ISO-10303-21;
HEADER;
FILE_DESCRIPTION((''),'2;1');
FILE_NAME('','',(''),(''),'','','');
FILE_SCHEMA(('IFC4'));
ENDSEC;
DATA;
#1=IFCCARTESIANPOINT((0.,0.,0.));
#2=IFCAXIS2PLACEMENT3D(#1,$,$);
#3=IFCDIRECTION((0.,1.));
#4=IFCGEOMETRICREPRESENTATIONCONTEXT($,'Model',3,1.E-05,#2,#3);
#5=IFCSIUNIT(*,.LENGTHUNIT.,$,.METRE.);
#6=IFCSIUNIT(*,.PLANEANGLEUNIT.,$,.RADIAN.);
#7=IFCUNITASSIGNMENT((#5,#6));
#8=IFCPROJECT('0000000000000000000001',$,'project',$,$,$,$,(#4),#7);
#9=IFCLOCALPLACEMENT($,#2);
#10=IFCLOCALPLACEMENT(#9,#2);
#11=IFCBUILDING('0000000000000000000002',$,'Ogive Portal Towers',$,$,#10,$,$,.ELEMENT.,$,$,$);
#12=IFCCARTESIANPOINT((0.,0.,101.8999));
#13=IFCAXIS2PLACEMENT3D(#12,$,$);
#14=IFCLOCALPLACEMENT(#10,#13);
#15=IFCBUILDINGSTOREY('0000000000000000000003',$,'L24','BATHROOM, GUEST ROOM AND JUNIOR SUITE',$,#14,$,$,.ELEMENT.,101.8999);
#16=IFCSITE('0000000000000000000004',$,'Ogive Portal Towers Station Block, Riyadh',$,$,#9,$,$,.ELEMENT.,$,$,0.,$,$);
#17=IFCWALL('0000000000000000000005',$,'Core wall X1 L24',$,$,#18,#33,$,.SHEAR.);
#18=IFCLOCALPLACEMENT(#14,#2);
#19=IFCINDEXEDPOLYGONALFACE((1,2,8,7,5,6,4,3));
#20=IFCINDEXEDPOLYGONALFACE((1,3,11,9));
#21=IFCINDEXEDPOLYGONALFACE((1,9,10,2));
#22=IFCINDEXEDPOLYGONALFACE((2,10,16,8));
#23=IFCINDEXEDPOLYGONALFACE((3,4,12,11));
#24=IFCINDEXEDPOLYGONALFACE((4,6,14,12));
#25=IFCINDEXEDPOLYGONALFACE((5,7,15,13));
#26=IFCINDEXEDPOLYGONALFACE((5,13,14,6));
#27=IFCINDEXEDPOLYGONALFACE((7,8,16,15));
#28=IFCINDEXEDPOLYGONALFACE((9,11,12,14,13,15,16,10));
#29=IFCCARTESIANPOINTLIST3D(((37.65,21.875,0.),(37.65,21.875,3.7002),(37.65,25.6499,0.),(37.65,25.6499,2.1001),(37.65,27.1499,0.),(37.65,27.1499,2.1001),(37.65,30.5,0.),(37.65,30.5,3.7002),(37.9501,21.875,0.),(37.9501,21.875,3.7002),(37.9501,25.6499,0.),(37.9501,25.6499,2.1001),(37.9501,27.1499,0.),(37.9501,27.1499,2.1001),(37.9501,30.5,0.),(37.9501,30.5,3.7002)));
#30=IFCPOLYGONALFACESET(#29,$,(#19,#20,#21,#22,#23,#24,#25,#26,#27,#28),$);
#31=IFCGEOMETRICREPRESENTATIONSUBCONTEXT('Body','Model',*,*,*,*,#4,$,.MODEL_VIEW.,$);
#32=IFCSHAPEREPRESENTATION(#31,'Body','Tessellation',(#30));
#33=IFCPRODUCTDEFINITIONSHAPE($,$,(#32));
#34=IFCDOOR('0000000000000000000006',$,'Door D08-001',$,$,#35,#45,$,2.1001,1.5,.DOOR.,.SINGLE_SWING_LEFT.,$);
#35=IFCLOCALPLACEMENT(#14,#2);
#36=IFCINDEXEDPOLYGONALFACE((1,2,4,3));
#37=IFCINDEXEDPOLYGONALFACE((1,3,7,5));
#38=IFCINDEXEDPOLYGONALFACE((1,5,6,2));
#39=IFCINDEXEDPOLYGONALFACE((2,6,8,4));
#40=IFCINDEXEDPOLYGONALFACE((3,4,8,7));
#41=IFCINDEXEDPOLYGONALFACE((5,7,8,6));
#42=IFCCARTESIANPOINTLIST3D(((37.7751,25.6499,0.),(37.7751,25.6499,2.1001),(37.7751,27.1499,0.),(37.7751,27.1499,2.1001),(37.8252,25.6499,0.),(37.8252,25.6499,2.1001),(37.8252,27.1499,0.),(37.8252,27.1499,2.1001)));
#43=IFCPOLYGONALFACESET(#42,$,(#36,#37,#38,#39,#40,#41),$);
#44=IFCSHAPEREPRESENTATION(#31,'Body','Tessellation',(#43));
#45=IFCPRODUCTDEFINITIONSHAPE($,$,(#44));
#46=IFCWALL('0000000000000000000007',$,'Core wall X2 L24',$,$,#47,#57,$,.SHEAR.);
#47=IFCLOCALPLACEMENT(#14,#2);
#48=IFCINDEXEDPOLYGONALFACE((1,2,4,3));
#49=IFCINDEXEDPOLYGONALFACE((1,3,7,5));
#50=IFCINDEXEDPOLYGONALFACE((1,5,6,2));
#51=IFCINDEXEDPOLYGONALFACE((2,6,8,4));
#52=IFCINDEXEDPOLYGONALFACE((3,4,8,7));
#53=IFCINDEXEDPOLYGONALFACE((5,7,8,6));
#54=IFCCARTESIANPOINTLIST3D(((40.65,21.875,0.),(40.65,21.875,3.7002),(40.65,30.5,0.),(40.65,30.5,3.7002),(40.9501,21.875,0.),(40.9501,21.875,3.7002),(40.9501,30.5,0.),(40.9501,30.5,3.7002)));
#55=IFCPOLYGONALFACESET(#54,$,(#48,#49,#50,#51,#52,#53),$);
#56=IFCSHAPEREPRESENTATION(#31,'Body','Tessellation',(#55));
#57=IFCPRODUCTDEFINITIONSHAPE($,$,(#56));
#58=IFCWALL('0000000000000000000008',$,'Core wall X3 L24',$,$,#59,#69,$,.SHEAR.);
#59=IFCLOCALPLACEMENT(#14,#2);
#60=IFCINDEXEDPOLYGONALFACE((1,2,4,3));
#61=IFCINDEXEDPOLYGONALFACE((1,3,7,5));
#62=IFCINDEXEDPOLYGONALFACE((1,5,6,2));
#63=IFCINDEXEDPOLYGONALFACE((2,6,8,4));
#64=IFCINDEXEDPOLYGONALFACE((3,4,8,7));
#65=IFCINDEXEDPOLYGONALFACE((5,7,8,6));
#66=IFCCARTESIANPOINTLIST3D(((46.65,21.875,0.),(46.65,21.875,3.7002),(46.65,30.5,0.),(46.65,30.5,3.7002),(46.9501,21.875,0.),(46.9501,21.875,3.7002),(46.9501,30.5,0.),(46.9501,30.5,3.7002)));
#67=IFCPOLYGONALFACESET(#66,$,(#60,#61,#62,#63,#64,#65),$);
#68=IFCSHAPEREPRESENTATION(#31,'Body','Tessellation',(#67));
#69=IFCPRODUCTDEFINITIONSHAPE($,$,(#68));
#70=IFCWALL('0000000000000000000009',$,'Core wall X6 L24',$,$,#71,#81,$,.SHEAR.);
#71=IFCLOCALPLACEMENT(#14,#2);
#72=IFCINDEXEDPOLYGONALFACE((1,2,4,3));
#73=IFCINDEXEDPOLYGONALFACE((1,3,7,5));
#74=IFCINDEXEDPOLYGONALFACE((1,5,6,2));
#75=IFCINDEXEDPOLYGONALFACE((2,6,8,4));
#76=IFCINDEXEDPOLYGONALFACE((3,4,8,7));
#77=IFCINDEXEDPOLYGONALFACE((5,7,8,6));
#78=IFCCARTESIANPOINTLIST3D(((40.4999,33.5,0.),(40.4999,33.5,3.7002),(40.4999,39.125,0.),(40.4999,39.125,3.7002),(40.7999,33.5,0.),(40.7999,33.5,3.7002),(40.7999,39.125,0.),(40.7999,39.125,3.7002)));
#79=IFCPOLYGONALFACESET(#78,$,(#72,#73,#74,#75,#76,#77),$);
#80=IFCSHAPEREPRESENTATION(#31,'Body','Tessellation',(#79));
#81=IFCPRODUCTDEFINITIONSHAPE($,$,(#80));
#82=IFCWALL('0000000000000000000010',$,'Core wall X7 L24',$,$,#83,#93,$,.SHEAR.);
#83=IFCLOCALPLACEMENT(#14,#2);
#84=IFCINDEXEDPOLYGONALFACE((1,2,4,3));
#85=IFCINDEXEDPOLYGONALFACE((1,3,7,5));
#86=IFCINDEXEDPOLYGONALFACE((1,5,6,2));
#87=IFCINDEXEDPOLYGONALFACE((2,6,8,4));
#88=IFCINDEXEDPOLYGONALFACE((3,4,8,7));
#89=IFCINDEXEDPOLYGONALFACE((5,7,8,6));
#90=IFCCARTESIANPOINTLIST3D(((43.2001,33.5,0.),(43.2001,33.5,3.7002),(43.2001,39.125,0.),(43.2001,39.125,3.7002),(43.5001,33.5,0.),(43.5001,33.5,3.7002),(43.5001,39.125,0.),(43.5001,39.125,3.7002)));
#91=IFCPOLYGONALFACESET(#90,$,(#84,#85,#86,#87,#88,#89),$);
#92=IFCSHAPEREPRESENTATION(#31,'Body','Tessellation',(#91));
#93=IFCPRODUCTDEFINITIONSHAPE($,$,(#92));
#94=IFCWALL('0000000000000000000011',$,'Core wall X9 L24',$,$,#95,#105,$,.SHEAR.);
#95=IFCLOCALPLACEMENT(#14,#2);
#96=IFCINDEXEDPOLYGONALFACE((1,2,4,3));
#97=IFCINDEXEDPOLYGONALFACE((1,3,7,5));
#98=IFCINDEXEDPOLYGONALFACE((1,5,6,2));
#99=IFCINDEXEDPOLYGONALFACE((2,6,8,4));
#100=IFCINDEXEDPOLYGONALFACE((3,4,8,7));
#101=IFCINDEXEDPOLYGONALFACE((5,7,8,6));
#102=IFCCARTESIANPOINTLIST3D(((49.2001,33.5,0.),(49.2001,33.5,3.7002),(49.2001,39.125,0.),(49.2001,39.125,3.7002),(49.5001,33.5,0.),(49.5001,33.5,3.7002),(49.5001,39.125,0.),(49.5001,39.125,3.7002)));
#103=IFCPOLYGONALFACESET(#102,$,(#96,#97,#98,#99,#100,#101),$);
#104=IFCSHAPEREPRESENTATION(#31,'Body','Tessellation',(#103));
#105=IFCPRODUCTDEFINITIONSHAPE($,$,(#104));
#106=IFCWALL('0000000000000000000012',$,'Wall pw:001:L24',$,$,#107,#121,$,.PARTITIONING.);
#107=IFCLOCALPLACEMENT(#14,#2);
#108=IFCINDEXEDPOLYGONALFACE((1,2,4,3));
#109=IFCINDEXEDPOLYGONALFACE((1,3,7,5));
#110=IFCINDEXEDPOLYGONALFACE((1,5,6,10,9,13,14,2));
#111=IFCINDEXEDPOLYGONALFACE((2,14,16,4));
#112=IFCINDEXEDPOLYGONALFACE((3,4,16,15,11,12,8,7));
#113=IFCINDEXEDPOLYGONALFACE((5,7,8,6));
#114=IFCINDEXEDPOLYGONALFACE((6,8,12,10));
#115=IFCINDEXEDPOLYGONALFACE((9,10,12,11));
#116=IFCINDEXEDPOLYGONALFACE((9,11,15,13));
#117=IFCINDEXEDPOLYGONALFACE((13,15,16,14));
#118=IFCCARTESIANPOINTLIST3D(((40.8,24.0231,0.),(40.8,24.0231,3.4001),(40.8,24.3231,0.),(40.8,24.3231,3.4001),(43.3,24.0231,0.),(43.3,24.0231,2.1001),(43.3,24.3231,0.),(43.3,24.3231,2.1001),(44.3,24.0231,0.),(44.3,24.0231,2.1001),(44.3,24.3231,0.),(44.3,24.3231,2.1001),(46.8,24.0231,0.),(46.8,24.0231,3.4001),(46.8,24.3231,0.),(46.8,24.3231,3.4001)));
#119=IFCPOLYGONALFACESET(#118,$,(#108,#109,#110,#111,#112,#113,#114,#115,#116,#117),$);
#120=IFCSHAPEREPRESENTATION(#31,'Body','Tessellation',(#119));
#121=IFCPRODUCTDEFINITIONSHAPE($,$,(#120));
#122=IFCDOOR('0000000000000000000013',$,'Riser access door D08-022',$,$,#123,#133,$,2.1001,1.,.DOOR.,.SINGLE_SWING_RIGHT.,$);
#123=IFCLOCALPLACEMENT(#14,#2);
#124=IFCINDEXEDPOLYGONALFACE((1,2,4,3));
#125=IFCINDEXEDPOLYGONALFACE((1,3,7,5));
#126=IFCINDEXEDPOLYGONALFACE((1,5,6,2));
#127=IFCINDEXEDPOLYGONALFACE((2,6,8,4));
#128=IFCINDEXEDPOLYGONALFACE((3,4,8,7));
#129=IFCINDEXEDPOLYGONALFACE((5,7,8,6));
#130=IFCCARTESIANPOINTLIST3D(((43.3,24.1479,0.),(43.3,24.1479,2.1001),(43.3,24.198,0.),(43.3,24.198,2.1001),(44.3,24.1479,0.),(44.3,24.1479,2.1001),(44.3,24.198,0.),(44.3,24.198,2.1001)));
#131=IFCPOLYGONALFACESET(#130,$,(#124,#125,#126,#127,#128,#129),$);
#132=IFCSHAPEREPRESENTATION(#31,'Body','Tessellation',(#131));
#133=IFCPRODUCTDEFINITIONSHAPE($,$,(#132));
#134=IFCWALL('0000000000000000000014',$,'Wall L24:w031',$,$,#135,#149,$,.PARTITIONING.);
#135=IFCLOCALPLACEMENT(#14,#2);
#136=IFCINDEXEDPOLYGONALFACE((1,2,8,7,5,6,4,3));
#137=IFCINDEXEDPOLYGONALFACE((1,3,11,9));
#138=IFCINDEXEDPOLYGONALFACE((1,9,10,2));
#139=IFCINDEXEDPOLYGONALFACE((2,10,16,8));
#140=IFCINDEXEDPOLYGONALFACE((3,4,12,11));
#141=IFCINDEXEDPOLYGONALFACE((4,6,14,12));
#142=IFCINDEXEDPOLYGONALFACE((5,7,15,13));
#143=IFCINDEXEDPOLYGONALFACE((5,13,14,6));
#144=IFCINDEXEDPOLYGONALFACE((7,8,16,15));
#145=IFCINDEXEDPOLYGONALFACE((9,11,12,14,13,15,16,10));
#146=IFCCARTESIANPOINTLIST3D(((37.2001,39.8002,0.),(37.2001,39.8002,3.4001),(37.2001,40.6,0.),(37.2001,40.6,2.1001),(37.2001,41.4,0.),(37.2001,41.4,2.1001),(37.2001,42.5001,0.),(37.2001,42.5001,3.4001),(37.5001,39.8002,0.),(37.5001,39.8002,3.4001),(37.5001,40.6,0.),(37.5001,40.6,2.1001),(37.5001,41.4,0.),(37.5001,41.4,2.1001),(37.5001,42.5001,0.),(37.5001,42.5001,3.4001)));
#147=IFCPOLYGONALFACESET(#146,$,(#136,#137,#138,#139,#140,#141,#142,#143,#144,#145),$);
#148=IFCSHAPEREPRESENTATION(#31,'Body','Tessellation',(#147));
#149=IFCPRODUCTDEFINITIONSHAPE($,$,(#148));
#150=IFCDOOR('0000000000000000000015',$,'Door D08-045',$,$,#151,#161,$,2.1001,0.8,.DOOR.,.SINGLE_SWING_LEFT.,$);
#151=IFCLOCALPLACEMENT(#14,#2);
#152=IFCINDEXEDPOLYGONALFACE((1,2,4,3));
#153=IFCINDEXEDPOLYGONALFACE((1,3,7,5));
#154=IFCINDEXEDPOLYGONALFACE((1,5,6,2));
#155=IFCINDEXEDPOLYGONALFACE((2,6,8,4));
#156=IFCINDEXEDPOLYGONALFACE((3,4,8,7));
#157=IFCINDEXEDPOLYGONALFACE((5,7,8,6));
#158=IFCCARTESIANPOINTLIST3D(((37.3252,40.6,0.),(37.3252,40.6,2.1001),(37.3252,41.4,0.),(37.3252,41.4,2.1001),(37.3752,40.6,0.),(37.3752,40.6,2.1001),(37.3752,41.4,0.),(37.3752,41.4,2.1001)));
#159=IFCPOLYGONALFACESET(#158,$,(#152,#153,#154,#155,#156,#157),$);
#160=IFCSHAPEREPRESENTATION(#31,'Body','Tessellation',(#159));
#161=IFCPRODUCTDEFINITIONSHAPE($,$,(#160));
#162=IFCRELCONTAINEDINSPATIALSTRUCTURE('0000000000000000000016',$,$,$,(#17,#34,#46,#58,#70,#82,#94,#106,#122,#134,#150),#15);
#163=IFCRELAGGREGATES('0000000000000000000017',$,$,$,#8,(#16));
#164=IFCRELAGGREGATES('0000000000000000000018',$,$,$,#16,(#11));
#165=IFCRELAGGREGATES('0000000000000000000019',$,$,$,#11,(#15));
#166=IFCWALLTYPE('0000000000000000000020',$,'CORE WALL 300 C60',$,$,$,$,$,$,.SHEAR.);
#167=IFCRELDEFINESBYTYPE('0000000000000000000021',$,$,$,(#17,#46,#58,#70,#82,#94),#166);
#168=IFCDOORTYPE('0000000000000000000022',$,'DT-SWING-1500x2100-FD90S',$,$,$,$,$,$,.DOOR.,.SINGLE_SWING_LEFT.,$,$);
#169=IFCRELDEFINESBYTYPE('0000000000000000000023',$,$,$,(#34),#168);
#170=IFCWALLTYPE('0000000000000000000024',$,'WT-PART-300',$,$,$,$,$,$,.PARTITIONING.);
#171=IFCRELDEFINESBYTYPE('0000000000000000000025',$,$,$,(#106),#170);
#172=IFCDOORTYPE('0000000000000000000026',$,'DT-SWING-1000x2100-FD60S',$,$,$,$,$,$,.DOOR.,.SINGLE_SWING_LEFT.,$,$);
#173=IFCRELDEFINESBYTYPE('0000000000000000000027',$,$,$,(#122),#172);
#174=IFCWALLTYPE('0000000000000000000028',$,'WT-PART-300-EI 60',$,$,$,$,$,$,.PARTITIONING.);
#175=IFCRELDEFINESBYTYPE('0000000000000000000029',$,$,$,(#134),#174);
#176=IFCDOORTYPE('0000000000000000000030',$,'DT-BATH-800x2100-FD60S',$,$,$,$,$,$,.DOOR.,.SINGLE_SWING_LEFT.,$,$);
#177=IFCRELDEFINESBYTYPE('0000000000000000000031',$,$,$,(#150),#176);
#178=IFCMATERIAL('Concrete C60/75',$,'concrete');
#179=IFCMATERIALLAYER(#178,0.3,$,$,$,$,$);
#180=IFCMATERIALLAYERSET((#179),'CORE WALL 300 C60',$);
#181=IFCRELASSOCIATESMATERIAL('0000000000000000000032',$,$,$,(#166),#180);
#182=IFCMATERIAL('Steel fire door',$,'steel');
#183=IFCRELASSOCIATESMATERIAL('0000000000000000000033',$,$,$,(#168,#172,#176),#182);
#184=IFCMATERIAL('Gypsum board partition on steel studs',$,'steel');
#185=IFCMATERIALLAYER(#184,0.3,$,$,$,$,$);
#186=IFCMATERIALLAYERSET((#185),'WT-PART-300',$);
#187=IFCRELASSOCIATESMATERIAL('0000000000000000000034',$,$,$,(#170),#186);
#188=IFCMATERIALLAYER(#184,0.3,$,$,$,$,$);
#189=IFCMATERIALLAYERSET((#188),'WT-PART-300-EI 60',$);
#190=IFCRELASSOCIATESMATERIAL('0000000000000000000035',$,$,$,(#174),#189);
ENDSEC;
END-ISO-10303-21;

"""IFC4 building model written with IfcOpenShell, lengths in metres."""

from ifc_helpers import new_model, si_unit, direction, frame, frame_2d, origin, place, context, subcontext, project, spatial, rectangle, extrude, material, layer, layer_set, type_object, element, fill, save


model = new_model("IFC4")

# Units and contexts
model_context = context("Model", 3, precision=1e-05, world=origin(), true_north=direction((0.0, 1.0)))
body_context = subcontext(model_context, "Body", "Model", "MODEL_VIEW")
ifc_project = project(units=[si_unit("LENGTHUNIT", "METRE"), si_unit("PLANEANGLEUNIT", "RADIAN")], contexts=[model_context])

# Site, building, storey
site_placement = place(None, origin())
site = spatial("IfcSite", under=ifc_project, at=site_placement, Name="Ogive Portal Towers Station Block, Riyadh", CompositionType="ELEMENT", RefElevation=0.0)
building_placement = place(site_placement, origin())
building = spatial("IfcBuilding", under=site, at=building_placement, Name="Ogive Portal Towers", CompositionType="ELEMENT")
storey_placement = place(building_placement, frame((0.0, 0.0, 101.8999)))
storey = spatial("IfcBuildingStorey", under=building, at=storey_placement, Name="L24", Description="BATHROOM, GUEST ROOM AND JUNIOR SUITE", CompositionType="ELEMENT", Elevation=101.8999)

# Wall, opening, door
ifc_material_1 = material(Name="Concrete C60/75", Category="concrete")
ifc_layer_1 = layer(ifc_material_1, 0.3)
ifc_layer_set_1 = layer_set([ifc_layer_1], Name="CORE WALL 300 C60")
wall_type_1 = type_object("IfcWallType", Name="CORE WALL 300 C60", PredefinedType="SHEAR", material=ifc_layer_set_1)
wall_1_placement = place(storey_placement, frame((37.8, 21.875, 0.0), z_axis=(0.0, 0.0, 1.0), x_axis=(0.0, 1.0, 0.0)))
wall_1 = element("IfcWall", 1, at=wall_1_placement, inside=storey, type_object=wall_type_1, Name="Core wall X1 L24", PredefinedType="SHEAR", context=body_context, shape_type="SweptSolid", body=[
    extrude(rectangle(XDim=8.625, YDim=0.3, at=frame_2d((4.3125, 0.0))), origin(), (0.0, 0.0, 1.0), 3.7002),
])
opening_1_placement = place(wall_1_placement, frame((3.7749, 0.0, 0.0)))
opening_1 = element("IfcOpeningElement", 2, at=opening_1_placement, cuts=wall_1, PredefinedType="OPENING", context=body_context, shape_type="SweptSolid", body=[
    extrude(rectangle(XDim=1.5, YDim=2.1001, at=frame_2d((0.75, 1.05))), frame((0.0, 0.1602, 0.0), z_axis=(0.0, -1.0, 0.0), x_axis=(1.0, 0.0, 0.0)), (0.0, 0.0, 1.0), 0.3201),
])
ifc_material_2 = material(Name="Steel fire door", Category="steel")
door_type_1 = type_object("IfcDoorType", Name="DT-SWING-1500x2100-FD90S", OperationType="SINGLE_SWING_LEFT", PredefinedType="DOOR", material=ifc_material_2)
door_1_placement = place(opening_1_placement, origin())
door_1 = element("IfcDoor", 3, at=door_1_placement, inside=storey, type_object=door_type_1, Name="Door D08-001", OperationType="SINGLE_SWING_LEFT", OverallHeight=2.1001, OverallWidth=1.5, PredefinedType="DOOR", context=body_context, shape_type="SweptSolid", body=[
    extrude(rectangle(XDim=1.5, YDim=2.1001, at=frame_2d((0.75, 1.05))), frame((0.0, 0.0249, 0.0), z_axis=(0.0, -1.0, 0.0), x_axis=(1.0, 0.0, 0.0)), (0.0, 0.0, 1.0), 0.05),
])
fill(opening_1, door_1)

# Walls
for number, where, z_axis, x_axis, name in (
    (4, (40.8, 21.875, 0.0), (0.0, 0.0, 1.0), (0.0, 1.0, 0.0), "Core wall X2 L24"),
    (5, (46.8, 21.875, 0.0), (0.0, 0.0, 1.0), (0.0, 1.0, 0.0), "Core wall X3 L24"),
):
    element("IfcWall", number, at=place(storey_placement, frame(where, z_axis=z_axis, x_axis=x_axis)), inside=storey, type_object=wall_type_1, Name=name, PredefinedType="SHEAR", context=body_context, shape_type="SweptSolid", body=[
        extrude(rectangle(XDim=8.625, YDim=0.3, at=frame_2d((4.3125, 0.0))), origin(), (0.0, 0.0, 1.0), 3.7002),
    ])

# Walls
for number, where, z_axis, x_axis, name in (
    (6, (40.6499, 33.5, 0.0), (0.0, 0.0, 1.0), (0.0, 1.0, 0.0), "Core wall X6 L24"),
    (7, (43.3501, 33.5, 0.0), (0.0, 0.0, 1.0), (0.0, 1.0, 0.0), "Core wall X7 L24"),
):
    element("IfcWall", number, at=place(storey_placement, frame(where, z_axis=z_axis, x_axis=x_axis)), inside=storey, type_object=wall_type_1, Name=name, PredefinedType="SHEAR", context=body_context, shape_type="SweptSolid", body=[
        extrude(rectangle(XDim=5.625, YDim=0.3, at=frame_2d((2.8125, 0.0))), origin(), (0.0, 0.0, 1.0), 3.7002),
    ])

# Wall
wall_2_placement = place(storey_placement, frame((49.3501, 33.5, 0.0), z_axis=(0.0, 0.0, 1.0), x_axis=(0.0, 1.0, 0.0)))
element("IfcWall", 8, at=wall_2_placement, inside=storey, type_object=wall_type_1, Name="Core wall X9 L24", PredefinedType="SHEAR", context=body_context, shape_type="SweptSolid", body=[
    extrude(rectangle(XDim=5.625, YDim=0.3, at=frame_2d((2.8125, 0.0))), origin(), (0.0, 0.0, 1.0), 3.7002),
])

# Walls, openings, doors
ifc_material_3 = material(Name="Gypsum board partition on steel studs", Category="steel")
ifc_layer_2 = layer(ifc_material_3, 0.3)
ifc_layer_set_2 = layer_set([ifc_layer_2], Name="WT-PART-300")
wall_type_2 = type_object("IfcWallType", Name="WT-PART-300", PredefinedType="PARTITIONING", material=ifc_layer_set_2)
wall_3_placement = place(storey_placement, frame((40.8, 24.1731, 0.0), z_axis=(0.0, 0.0, 1.0), x_axis=(1.0, 0.0, 0.0)))
wall_3 = element("IfcWall", 9, at=wall_3_placement, inside=storey, type_object=wall_type_2, Name="Wall pw:001:L24", PredefinedType="PARTITIONING", context=body_context, shape_type="SweptSolid", body=[
    extrude(rectangle(XDim=6.0, YDim=0.3, at=frame_2d((3.0, 0.0))), origin(), (0.0, 0.0, 1.0), 3.4001),
])
opening_2_placement = place(wall_3_placement, frame((2.5, 0.0, 0.0)))
opening_2 = element("IfcOpeningElement", 10, at=opening_2_placement, cuts=wall_3, PredefinedType="OPENING", context=body_context, shape_type="SweptSolid", body=[
    extrude(rectangle(XDim=1.0, YDim=2.1001, at=frame_2d((0.5, 1.05))), frame((0.0, 0.1602, 0.0), z_axis=(0.0, -1.0, 0.0), x_axis=(1.0, 0.0, 0.0)), (0.0, 0.0, 1.0), 0.3201),
])
door_type_2 = type_object("IfcDoorType", Name="DT-SWING-1000x2100-FD60S", OperationType="SINGLE_SWING_LEFT", PredefinedType="DOOR", material=ifc_material_2)
door_2_placement = place(opening_2_placement, origin())
door_2 = element("IfcDoor", 11, at=door_2_placement, inside=storey, type_object=door_type_2, Name="Riser access door D08-022", OperationType="SINGLE_SWING_RIGHT", OverallHeight=2.1001, OverallWidth=1.0, PredefinedType="DOOR", context=body_context, shape_type="SweptSolid", body=[
    extrude(rectangle(XDim=1.0, YDim=2.1001, at=frame_2d((0.5, 1.05))), frame((0.0, 0.0249, 0.0), z_axis=(0.0, -1.0, 0.0), x_axis=(1.0, 0.0, 0.0)), (0.0, 0.0, 1.0), 0.05),
])
fill(opening_2, door_2)
ifc_layer_3 = layer(ifc_material_3, 0.3)
ifc_layer_set_3 = layer_set([ifc_layer_3], Name="WT-PART-300-EI 60")
wall_type_3 = type_object("IfcWallType", Name="WT-PART-300-EI 60", PredefinedType="PARTITIONING", material=ifc_layer_set_3)
wall_4_placement = place(storey_placement, frame((37.3501, 39.8, 0.0), z_axis=(0.0, 0.0, 1.0), x_axis=(0.0, 1.0, 0.0)))
wall_4 = element("IfcWall", 12, at=wall_4_placement, inside=storey, type_object=wall_type_3, Name="Wall L24:w031", PredefinedType="PARTITIONING", context=body_context, shape_type="SweptSolid", body=[
    extrude(rectangle(XDim=2.7, YDim=0.3, at=frame_2d((1.3501, 0.0))), origin(), (0.0, 0.0, 1.0), 3.4001),
])
opening_3_placement = place(wall_4_placement, frame((0.8, 0.0, 0.0)))
opening_3 = element("IfcOpeningElement", 13, at=opening_3_placement, cuts=wall_4, PredefinedType="OPENING", context=body_context, shape_type="SweptSolid", body=[
    extrude(rectangle(XDim=0.8, YDim=2.1001, at=frame_2d((0.3999, 1.05))), frame((0.0, 0.1602, 0.0), z_axis=(0.0, -1.0, 0.0), x_axis=(1.0, 0.0, 0.0)), (0.0, 0.0, 1.0), 0.3201),
])
door_type_3 = type_object("IfcDoorType", Name="DT-BATH-800x2100-FD60S", OperationType="SINGLE_SWING_LEFT", PredefinedType="DOOR", material=ifc_material_2)
door_3_placement = place(opening_3_placement, origin())
door_3 = element("IfcDoor", 14, at=door_3_placement, inside=storey, type_object=door_type_3, Name="Door D08-045", OperationType="SINGLE_SWING_LEFT", OverallHeight=2.1001, OverallWidth=0.8, PredefinedType="DOOR", context=body_context, shape_type="SweptSolid", body=[
    extrude(rectangle(XDim=0.8, YDim=2.1001, at=frame_2d((0.3999, 1.05))), frame((0.0, 0.0249, 0.0), z_axis=(0.0, -1.0, 0.0), x_axis=(1.0, 0.0, 0.0)), (0.0, 0.0, 1.0), 0.05),
])
fill(opening_3, door_3)

save(model, "model.ifc")
